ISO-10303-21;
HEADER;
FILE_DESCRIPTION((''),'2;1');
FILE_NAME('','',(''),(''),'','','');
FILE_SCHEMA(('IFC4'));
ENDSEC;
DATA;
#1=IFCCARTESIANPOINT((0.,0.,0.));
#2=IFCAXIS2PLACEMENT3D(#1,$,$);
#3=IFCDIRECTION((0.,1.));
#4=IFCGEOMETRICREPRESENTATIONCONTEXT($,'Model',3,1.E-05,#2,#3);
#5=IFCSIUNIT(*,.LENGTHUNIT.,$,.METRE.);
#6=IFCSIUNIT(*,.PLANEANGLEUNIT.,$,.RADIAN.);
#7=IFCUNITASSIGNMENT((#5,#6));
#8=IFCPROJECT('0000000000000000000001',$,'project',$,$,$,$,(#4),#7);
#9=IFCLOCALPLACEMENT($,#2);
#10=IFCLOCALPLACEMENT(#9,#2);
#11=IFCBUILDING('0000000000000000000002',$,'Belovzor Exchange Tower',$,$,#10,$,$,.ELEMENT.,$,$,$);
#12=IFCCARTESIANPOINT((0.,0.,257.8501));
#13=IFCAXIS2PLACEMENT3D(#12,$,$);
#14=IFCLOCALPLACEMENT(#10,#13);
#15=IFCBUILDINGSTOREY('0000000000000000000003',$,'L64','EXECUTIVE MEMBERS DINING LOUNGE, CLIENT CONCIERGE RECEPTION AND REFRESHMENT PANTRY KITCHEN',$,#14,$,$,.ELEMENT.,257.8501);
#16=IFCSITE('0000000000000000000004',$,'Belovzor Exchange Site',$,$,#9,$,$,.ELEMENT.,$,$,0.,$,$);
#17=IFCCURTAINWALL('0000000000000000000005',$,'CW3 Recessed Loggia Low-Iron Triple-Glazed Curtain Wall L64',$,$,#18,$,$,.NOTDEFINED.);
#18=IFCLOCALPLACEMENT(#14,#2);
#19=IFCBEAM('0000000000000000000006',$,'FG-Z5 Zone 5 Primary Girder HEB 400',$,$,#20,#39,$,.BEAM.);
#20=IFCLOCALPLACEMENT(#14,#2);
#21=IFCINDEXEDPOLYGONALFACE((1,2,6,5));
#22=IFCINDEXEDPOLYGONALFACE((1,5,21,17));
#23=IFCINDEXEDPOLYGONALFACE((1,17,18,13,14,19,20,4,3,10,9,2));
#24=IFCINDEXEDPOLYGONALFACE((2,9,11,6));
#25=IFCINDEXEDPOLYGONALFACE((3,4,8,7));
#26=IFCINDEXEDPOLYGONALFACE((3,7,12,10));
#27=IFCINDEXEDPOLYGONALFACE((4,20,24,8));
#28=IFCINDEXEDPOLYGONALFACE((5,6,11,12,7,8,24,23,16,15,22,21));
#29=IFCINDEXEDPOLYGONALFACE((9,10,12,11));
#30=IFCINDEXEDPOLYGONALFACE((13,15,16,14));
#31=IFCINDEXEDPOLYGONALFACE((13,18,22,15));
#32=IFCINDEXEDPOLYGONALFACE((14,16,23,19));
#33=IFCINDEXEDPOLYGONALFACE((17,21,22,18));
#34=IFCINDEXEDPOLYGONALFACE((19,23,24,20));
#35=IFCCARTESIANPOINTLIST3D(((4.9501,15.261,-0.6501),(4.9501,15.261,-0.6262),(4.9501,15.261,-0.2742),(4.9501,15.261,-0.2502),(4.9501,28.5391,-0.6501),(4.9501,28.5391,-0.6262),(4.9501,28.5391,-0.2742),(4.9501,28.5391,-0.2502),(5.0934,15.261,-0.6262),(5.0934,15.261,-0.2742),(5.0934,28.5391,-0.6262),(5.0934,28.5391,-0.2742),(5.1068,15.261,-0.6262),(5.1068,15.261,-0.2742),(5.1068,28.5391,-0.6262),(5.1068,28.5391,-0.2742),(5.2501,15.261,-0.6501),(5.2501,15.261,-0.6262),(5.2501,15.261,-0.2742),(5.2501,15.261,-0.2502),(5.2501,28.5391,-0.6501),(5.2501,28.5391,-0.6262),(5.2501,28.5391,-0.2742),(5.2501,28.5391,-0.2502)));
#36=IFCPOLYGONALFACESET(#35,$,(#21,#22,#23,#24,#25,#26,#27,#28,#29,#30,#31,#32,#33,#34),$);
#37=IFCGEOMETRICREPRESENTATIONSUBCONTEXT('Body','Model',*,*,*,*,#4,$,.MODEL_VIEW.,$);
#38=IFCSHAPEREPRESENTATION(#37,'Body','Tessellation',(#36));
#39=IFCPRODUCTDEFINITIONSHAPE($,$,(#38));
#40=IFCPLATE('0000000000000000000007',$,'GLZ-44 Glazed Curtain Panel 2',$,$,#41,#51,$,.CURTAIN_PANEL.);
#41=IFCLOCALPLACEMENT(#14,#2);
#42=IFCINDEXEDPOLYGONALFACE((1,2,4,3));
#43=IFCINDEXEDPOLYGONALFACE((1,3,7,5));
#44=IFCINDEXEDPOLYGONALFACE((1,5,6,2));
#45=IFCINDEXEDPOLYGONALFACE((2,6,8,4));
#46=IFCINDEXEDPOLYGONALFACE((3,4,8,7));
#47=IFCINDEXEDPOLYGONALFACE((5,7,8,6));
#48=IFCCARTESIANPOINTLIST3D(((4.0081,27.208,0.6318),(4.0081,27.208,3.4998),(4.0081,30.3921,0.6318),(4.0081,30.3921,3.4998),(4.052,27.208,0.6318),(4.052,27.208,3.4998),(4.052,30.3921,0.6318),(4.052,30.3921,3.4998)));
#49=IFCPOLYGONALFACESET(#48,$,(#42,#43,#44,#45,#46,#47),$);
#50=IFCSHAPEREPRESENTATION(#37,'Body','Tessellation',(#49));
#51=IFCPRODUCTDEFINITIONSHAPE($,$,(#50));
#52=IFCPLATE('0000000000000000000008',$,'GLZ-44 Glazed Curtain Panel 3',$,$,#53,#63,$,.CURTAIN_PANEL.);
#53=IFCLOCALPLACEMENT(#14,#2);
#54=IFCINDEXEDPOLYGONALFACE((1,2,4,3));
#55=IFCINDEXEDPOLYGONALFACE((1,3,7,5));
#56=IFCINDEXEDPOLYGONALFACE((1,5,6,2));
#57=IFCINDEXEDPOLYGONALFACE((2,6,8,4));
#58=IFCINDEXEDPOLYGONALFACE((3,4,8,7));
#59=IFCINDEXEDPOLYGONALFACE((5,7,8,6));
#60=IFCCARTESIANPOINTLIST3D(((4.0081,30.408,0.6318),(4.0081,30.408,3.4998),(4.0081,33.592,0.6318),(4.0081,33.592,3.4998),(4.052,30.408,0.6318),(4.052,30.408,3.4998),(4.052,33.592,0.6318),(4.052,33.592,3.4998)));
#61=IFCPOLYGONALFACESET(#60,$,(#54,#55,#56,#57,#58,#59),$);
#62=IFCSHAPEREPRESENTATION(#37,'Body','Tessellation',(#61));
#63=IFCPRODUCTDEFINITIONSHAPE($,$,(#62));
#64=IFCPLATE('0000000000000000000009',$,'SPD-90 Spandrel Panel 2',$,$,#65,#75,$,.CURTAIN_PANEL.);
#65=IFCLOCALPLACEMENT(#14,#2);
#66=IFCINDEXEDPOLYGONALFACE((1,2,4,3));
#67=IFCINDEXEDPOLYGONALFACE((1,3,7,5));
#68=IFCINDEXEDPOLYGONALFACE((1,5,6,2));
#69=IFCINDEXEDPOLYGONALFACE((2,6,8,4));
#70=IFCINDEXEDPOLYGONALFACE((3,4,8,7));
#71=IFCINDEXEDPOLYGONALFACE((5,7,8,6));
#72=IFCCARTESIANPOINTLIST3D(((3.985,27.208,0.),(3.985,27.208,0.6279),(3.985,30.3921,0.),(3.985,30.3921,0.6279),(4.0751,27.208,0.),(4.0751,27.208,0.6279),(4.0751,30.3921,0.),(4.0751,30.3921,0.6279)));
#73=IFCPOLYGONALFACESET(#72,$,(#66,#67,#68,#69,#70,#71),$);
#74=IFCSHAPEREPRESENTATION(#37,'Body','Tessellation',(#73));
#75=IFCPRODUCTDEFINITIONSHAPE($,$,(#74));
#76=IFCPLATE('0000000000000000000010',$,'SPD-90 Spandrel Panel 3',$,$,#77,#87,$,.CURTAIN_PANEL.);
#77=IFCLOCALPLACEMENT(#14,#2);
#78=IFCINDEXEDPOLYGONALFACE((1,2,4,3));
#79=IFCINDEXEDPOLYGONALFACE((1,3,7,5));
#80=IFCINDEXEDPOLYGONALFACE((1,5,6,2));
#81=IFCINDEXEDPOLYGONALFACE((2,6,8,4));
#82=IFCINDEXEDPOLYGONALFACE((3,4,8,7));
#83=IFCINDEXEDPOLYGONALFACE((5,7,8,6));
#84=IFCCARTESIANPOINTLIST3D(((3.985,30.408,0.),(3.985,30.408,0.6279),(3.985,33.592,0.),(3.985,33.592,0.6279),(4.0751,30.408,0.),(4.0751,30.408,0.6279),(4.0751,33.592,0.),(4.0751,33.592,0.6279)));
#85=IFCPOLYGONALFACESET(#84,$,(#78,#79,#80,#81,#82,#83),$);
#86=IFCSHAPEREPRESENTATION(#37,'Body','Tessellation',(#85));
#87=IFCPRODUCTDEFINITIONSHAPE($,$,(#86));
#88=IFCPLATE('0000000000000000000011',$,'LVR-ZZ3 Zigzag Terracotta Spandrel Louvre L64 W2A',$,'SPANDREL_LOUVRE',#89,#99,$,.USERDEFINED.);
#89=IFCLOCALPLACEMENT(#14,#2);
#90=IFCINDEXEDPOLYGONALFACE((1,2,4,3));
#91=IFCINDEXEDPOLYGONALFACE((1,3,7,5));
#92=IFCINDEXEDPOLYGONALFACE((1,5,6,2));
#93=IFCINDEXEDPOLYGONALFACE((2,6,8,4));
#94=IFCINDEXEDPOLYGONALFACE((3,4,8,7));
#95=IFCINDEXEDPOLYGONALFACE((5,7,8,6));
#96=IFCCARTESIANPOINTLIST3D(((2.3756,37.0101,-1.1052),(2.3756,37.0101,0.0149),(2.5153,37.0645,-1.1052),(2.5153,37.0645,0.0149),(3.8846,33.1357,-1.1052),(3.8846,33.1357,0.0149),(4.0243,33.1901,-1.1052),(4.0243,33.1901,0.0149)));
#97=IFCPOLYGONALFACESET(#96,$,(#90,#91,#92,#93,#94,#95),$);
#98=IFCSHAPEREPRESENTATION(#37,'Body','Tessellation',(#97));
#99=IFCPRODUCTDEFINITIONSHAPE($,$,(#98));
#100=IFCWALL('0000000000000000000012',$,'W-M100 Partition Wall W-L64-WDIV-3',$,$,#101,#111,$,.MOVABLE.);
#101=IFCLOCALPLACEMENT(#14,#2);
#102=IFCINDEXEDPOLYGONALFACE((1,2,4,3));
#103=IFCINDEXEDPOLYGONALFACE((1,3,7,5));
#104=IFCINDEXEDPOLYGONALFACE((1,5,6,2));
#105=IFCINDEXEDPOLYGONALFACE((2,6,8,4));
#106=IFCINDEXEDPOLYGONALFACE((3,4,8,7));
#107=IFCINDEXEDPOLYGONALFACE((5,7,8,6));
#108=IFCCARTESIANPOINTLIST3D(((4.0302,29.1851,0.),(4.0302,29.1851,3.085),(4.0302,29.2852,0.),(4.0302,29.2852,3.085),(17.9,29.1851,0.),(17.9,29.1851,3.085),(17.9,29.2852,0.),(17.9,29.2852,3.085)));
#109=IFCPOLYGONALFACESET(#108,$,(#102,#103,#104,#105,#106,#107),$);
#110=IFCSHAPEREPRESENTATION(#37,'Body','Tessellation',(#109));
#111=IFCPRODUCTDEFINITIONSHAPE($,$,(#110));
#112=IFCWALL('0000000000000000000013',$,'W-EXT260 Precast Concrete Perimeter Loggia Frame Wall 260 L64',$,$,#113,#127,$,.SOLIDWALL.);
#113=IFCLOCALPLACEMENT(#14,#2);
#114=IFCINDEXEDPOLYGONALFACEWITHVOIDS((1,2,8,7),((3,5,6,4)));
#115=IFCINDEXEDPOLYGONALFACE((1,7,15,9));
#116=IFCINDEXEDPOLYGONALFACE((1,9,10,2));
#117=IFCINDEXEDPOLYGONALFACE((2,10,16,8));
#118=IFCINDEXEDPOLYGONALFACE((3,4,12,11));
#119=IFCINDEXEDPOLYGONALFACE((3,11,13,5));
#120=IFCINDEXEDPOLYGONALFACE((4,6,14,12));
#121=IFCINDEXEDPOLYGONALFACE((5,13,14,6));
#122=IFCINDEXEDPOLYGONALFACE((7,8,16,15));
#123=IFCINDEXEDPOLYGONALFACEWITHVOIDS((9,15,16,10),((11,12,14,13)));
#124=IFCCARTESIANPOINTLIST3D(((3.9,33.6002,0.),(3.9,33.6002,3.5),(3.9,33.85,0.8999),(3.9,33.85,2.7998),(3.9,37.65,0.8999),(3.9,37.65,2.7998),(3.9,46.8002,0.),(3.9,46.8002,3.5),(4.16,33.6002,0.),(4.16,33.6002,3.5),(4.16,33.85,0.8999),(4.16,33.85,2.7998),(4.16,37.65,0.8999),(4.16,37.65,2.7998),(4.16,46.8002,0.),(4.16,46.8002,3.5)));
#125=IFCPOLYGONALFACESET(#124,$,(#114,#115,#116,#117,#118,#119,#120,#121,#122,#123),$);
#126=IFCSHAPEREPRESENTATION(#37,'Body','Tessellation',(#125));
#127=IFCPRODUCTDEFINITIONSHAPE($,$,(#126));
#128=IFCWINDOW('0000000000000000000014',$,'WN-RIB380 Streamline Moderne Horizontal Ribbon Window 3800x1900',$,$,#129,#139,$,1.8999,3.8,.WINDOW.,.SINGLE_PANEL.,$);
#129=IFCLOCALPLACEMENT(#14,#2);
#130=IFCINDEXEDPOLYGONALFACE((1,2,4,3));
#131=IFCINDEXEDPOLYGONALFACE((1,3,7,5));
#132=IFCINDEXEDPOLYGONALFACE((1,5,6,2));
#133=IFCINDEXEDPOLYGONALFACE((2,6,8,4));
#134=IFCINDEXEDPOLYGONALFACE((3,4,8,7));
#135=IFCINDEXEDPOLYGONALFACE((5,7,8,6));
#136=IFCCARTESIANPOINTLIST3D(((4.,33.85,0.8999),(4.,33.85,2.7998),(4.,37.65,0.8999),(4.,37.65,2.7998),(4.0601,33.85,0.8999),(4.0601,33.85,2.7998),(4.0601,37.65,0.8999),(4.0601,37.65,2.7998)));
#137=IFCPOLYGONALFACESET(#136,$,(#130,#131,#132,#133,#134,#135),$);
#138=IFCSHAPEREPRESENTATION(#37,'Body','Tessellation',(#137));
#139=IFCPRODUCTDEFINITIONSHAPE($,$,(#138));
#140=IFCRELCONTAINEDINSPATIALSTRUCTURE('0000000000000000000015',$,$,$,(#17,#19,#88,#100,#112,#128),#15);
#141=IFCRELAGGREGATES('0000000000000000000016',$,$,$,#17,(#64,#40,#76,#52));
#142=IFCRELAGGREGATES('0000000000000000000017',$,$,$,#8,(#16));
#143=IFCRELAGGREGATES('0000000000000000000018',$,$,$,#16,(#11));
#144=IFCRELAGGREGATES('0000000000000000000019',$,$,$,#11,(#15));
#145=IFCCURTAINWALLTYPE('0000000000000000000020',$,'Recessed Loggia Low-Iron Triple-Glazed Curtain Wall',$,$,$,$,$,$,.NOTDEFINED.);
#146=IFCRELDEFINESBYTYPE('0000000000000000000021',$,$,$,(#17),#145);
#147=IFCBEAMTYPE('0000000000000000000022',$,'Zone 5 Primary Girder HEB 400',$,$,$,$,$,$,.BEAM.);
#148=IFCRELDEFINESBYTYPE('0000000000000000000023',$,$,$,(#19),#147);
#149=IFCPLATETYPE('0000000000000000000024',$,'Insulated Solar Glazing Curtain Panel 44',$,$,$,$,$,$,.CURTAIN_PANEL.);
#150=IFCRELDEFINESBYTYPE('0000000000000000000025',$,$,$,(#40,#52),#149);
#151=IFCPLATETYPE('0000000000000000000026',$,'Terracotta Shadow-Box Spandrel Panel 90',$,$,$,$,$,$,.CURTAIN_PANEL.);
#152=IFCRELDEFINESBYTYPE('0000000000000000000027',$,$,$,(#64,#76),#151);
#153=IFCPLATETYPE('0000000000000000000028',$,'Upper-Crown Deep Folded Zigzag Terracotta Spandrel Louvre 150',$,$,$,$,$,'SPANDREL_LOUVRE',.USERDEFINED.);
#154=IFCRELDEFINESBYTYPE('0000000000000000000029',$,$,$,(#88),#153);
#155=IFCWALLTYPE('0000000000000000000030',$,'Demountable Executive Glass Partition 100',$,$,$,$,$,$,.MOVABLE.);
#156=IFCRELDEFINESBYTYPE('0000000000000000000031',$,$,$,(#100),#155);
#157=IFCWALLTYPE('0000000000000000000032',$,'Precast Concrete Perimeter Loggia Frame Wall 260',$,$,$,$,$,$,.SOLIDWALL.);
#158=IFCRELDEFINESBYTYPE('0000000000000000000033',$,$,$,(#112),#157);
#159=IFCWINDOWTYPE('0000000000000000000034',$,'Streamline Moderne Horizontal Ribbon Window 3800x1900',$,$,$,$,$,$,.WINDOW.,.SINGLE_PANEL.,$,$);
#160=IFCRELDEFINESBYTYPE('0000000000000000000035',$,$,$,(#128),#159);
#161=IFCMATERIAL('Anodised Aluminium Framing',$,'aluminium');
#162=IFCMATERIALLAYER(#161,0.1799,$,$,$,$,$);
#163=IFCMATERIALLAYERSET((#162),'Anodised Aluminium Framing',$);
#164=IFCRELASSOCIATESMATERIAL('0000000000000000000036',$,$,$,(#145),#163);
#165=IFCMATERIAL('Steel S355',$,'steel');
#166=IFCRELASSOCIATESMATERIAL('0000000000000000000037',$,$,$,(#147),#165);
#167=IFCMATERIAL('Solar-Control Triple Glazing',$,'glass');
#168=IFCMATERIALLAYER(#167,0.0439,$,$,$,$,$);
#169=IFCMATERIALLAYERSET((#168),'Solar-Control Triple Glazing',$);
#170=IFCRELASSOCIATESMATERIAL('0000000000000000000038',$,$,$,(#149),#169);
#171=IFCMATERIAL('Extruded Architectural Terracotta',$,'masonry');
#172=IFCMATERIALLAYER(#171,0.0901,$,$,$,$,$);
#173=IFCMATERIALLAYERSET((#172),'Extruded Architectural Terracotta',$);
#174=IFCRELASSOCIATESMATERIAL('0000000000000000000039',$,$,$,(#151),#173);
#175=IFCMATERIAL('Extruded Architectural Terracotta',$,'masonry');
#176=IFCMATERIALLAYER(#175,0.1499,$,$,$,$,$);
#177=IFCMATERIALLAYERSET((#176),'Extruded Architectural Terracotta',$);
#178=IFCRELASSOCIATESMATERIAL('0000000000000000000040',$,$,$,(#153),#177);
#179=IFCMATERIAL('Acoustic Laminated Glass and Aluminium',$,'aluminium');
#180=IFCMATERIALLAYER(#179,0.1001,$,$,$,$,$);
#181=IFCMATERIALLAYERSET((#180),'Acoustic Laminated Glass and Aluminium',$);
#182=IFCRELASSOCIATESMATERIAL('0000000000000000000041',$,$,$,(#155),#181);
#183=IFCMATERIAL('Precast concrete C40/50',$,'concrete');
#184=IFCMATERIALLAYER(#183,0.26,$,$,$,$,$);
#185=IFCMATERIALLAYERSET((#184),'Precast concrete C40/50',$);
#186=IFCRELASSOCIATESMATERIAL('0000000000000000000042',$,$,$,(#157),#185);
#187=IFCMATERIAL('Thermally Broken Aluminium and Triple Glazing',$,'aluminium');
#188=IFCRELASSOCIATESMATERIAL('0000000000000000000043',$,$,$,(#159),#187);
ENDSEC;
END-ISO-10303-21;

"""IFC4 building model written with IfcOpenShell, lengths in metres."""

from ifc_helpers import new_model, si_unit, direction, frame, frame_2d, origin, origin_2d, place, context, subcontext, project, spatial, rectangle, i_section, extrude, material, layer, layer_set, material_profile, profile_set, type_object, element, fill, aggregate, save


model = new_model("IFC4")

# Units and contexts
model_context = context("Model", 3, precision=1e-05, world=origin(), true_north=direction((0.0, 1.0)))
body_context = subcontext(model_context, "Body", "Model", "MODEL_VIEW")
ifc_project = project(units=[si_unit("LENGTHUNIT", "METRE"), si_unit("PLANEANGLEUNIT", "RADIAN")], contexts=[model_context])

# Site, building, storey
site_placement = place(None, origin())
site = spatial("IfcSite", under=ifc_project, at=site_placement, Name="Belovzor Exchange Site", CompositionType="ELEMENT", RefElevation=0.0)
building_placement = place(site_placement, origin())
building = spatial("IfcBuilding", under=site, at=building_placement, Name="Belovzor Exchange Tower", CompositionType="ELEMENT")
storey_placement = place(building_placement, frame((0.0, 0.0, 257.8501)))
storey = spatial("IfcBuildingStorey", under=building, at=storey_placement, Name="L64", Description="EXECUTIVE MEMBERS DINING LOUNGE, CLIENT CONCIERGE RECEPTION AND REFRESHMENT PANTRY KITCHEN", CompositionType="ELEMENT", Elevation=257.8501)

# Curtain wall
ifc_material_1 = material(Name="Anodised Aluminium Framing", Category="aluminium")
ifc_layer_1 = layer(ifc_material_1, 0.1799)
ifc_layer_set_1 = layer_set([ifc_layer_1], Name="Anodised Aluminium Framing")
curtain_wall_type = type_object("IfcCurtainWallType", Name="Recessed Loggia Low-Iron Triple-Glazed Curtain Wall", PredefinedType="NOTDEFINED", material=ifc_layer_set_1)
curtain_wall_placement = place(storey_placement, origin())
curtain_wall = element("IfcCurtainWall", 1, at=curtain_wall_placement, inside=storey, type_object=curtain_wall_type, Name="CW3 Recessed Loggia Low-Iron Triple-Glazed Curtain Wall L64", PredefinedType="NOTDEFINED")

# Beam
ifc_material_2 = material(Name="Steel S355", Category="steel")
ifc_material_profile_1 = material_profile(ifc_material_2, i_section(OverallWidth=0.3, OverallDepth=0.3999, WebThickness=0.0134, FlangeThickness=0.0239, at=origin_2d()))
ifc_profile_set_1 = profile_set([ifc_material_profile_1], Name="Steel S355")
beam_type_1 = type_object("IfcBeamType", Name="Zone 5 Primary Girder HEB 400", PredefinedType="BEAM", material=ifc_profile_set_1)
beam_1_placement = place(storey_placement, frame((5.1001, 28.5391, -0.4502), z_axis=(0.0, -1.0, 0.0), x_axis=(1.0, 0.0, 0.0)))
element("IfcBeam", 2, at=beam_1_placement, inside=storey, type_object=beam_type_1, Name="FG-Z5 Zone 5 Primary Girder HEB 400", PredefinedType="BEAM", context=body_context, shape_type="SweptSolid", body=[
    extrude(i_section(OverallWidth=0.3, OverallDepth=0.3999, WebThickness=0.0134, FlangeThickness=0.0239, at=origin_2d()), origin(), (0.0, 0.0, 1.0), 13.2781),
])

# Plates
ifc_material_3 = material(Name="Solar-Control Triple Glazing", Category="glass")
ifc_layer_2 = layer(ifc_material_3, 0.0439)
ifc_layer_set_2 = layer_set([ifc_layer_2], Name="Solar-Control Triple Glazing")
plate_type_1 = type_object("IfcPlateType", Name="Insulated Solar Glazing Curtain Panel 44", PredefinedType="CURTAIN_PANEL", material=ifc_layer_set_2)
plate_1_placement = place(storey_placement, frame((4.03, 28.8, 0.6318), z_axis=(0.0, 0.0, 1.0), x_axis=(0.0, 1.0, 0.0)))
plate_1 = element("IfcPlate", 3, at=plate_1_placement, type_object=plate_type_1, Name="GLZ-44 Glazed Curtain Panel 2", PredefinedType="CURTAIN_PANEL", context=body_context, shape_type="SweptSolid", body=[
    extrude(rectangle(XDim=3.1841, YDim=0.0439, at=origin_2d()), origin(), (0.0, 0.0, 1.0), 2.8679),
])
plate_2_placement = place(storey_placement, frame((4.03, 32.0, 0.6318), z_axis=(0.0, 0.0, 1.0), x_axis=(0.0, 1.0, 0.0)))
plate_2 = element("IfcPlate", 4, at=plate_2_placement, type_object=plate_type_1, Name="GLZ-44 Glazed Curtain Panel 3", PredefinedType="CURTAIN_PANEL", context=body_context, shape_type="SweptSolid", body=[
    extrude(rectangle(XDim=3.1841, YDim=0.0439, at=origin_2d()), origin(), (0.0, 0.0, 1.0), 2.8679),
])
ifc_material_4 = material(Name="Extruded Architectural Terracotta", Category="masonry")
ifc_layer_3 = layer(ifc_material_4, 0.0901)
ifc_layer_set_3 = layer_set([ifc_layer_3], Name="Extruded Architectural Terracotta")
plate_type_2 = type_object("IfcPlateType", Name="Terracotta Shadow-Box Spandrel Panel 90", PredefinedType="CURTAIN_PANEL", material=ifc_layer_set_3)
plate_3_placement = place(storey_placement, frame((4.03, 28.8, 0.0), z_axis=(0.0, 0.0, 1.0), x_axis=(0.0, 1.0, 0.0)))
plate_3 = element("IfcPlate", 5, at=plate_3_placement, type_object=plate_type_2, Name="SPD-90 Spandrel Panel 2", PredefinedType="CURTAIN_PANEL", context=body_context, shape_type="SweptSolid", body=[
    extrude(rectangle(XDim=3.1841, YDim=0.0901, at=origin_2d()), origin(), (0.0, 0.0, 1.0), 0.6279),
])
plate_4_placement = place(storey_placement, frame((4.03, 32.0, 0.0), z_axis=(0.0, 0.0, 1.0), x_axis=(0.0, 1.0, 0.0)))
plate_4 = element("IfcPlate", 6, at=plate_4_placement, type_object=plate_type_2, Name="SPD-90 Spandrel Panel 3", PredefinedType="CURTAIN_PANEL", context=body_context, shape_type="SweptSolid", body=[
    extrude(rectangle(XDim=3.1841, YDim=0.0901, at=origin_2d()), origin(), (0.0, 0.0, 1.0), 0.6279),
])
aggregate(curtain_wall, [plate_3, plate_1, plate_4, plate_2])
ifc_material_5 = material(Name="Extruded Architectural Terracotta", Category="masonry")
ifc_layer_4 = layer(ifc_material_5, 0.1499)
ifc_layer_set_4 = layer_set([ifc_layer_4], Name="Extruded Architectural Terracotta")
plate_type_3 = type_object("IfcPlateType", Name="Upper-Crown Deep Folded Zigzag Terracotta Spandrel Louvre 150", ElementType="SPANDREL_LOUVRE", PredefinedType="USERDEFINED", material=ifc_layer_set_4)
plate_5_placement = place(storey_placement, frame((3.2, 35.1001, -1.1052), z_axis=(0.0, 0.0, 1.0), x_axis=(-0.362926, 0.931818, 0.0)))
element("IfcPlate", 7, at=plate_5_placement, inside=storey, type_object=plate_type_3, Name="LVR-ZZ3 Zigzag Terracotta Spandrel Louvre L64 W2A", ObjectType="SPANDREL_LOUVRE", PredefinedType="USERDEFINED", context=body_context, shape_type="SweptSolid", body=[
    extrude(rectangle(XDim=4.158, YDim=0.1499, at=origin_2d()), origin(), (0.0, 0.0, 1.0), 1.1201),
])

# Wall
ifc_material_6 = material(Name="Acoustic Laminated Glass and Aluminium", Category="aluminium")
ifc_layer_5 = layer(ifc_material_6, 0.1001)
ifc_layer_set_5 = layer_set([ifc_layer_5], Name="Acoustic Laminated Glass and Aluminium")
wall_type_1 = type_object("IfcWallType", Name="Demountable Executive Glass Partition 100", PredefinedType="MOVABLE", material=ifc_layer_set_5)
wall_1_placement = place(storey_placement, frame((4.03, 29.2351, 0.0), z_axis=(0.0, 0.0, 1.0), x_axis=(1.0, 0.0, 0.0)))
element("IfcWall", 8, at=wall_1_placement, inside=storey, type_object=wall_type_1, Name="W-M100 Partition Wall W-L64-WDIV-3", PredefinedType="MOVABLE", context=body_context, shape_type="SweptSolid", body=[
    extrude(rectangle(XDim=13.8699, YDim=0.1001, at=frame_2d((6.9351, 0.0))), origin(), (0.0, 0.0, 1.0), 3.085),
])

# Wall, opening, window
ifc_material_7 = material(Name="Precast concrete C40/50", Category="concrete")
ifc_layer_6 = layer(ifc_material_7, 0.26)
ifc_layer_set_6 = layer_set([ifc_layer_6], Name="Precast concrete C40/50")
wall_type_2 = type_object("IfcWallType", Name="Precast Concrete Perimeter Loggia Frame Wall 260", PredefinedType="SOLIDWALL", material=ifc_layer_set_6)
wall_2_placement = place(storey_placement, frame((4.03, 33.6001, 0.0), z_axis=(0.0, 0.0, 1.0), x_axis=(0.0, 1.0, 0.0)))
wall_2 = element("IfcWall", 9, at=wall_2_placement, inside=storey, type_object=wall_type_2, Name="W-EXT260 Precast Concrete Perimeter Loggia Frame Wall 260 L64", PredefinedType="SOLIDWALL", context=body_context, shape_type="SweptSolid", body=[
    extrude(rectangle(XDim=13.2, YDim=0.26, at=frame_2d((6.6001, 0.0))), origin(), (0.0, 0.0, 1.0), 3.5),
])
opening_placement = place(wall_2_placement, frame((0.25, 0.0, 0.8999)))
opening = element("IfcOpeningElement", 10, at=opening_placement, cuts=wall_2, PredefinedType="OPENING", context=body_context, shape_type="SweptSolid", body=[
    extrude(rectangle(XDim=3.8, YDim=1.8999, at=frame_2d((1.8999, 0.95))), frame((0.0, 0.1399, 0.0), z_axis=(0.0, -1.0, 0.0), x_axis=(1.0, 0.0, 0.0)), (0.0, 0.0, 1.0), 0.28),
])
ifc_material_8 = material(Name="Thermally Broken Aluminium and Triple Glazing", Category="aluminium")
window_type = type_object("IfcWindowType", Name="Streamline Moderne Horizontal Ribbon Window 3800x1900", PartitioningType="SINGLE_PANEL", PredefinedType="WINDOW", material=ifc_material_8)
window_placement = place(opening_placement, origin())
window = element("IfcWindow", 11, at=window_placement, inside=storey, type_object=window_type, Name="WN-RIB380 Streamline Moderne Horizontal Ribbon Window 3800x1900", OverallHeight=1.8999, OverallWidth=3.8, PartitioningType="SINGLE_PANEL", PredefinedType="WINDOW", context=body_context, shape_type="SweptSolid", body=[
    extrude(rectangle(XDim=3.8, YDim=1.8999, at=frame_2d((1.8999, 0.95))), frame((0.0, 0.03, 0.0), z_axis=(0.0, -1.0, 0.0), x_axis=(1.0, 0.0, 0.0)), (0.0, 0.0, 1.0), 0.0601),
])
fill(opening, window)

save(model, "model.ifc")
